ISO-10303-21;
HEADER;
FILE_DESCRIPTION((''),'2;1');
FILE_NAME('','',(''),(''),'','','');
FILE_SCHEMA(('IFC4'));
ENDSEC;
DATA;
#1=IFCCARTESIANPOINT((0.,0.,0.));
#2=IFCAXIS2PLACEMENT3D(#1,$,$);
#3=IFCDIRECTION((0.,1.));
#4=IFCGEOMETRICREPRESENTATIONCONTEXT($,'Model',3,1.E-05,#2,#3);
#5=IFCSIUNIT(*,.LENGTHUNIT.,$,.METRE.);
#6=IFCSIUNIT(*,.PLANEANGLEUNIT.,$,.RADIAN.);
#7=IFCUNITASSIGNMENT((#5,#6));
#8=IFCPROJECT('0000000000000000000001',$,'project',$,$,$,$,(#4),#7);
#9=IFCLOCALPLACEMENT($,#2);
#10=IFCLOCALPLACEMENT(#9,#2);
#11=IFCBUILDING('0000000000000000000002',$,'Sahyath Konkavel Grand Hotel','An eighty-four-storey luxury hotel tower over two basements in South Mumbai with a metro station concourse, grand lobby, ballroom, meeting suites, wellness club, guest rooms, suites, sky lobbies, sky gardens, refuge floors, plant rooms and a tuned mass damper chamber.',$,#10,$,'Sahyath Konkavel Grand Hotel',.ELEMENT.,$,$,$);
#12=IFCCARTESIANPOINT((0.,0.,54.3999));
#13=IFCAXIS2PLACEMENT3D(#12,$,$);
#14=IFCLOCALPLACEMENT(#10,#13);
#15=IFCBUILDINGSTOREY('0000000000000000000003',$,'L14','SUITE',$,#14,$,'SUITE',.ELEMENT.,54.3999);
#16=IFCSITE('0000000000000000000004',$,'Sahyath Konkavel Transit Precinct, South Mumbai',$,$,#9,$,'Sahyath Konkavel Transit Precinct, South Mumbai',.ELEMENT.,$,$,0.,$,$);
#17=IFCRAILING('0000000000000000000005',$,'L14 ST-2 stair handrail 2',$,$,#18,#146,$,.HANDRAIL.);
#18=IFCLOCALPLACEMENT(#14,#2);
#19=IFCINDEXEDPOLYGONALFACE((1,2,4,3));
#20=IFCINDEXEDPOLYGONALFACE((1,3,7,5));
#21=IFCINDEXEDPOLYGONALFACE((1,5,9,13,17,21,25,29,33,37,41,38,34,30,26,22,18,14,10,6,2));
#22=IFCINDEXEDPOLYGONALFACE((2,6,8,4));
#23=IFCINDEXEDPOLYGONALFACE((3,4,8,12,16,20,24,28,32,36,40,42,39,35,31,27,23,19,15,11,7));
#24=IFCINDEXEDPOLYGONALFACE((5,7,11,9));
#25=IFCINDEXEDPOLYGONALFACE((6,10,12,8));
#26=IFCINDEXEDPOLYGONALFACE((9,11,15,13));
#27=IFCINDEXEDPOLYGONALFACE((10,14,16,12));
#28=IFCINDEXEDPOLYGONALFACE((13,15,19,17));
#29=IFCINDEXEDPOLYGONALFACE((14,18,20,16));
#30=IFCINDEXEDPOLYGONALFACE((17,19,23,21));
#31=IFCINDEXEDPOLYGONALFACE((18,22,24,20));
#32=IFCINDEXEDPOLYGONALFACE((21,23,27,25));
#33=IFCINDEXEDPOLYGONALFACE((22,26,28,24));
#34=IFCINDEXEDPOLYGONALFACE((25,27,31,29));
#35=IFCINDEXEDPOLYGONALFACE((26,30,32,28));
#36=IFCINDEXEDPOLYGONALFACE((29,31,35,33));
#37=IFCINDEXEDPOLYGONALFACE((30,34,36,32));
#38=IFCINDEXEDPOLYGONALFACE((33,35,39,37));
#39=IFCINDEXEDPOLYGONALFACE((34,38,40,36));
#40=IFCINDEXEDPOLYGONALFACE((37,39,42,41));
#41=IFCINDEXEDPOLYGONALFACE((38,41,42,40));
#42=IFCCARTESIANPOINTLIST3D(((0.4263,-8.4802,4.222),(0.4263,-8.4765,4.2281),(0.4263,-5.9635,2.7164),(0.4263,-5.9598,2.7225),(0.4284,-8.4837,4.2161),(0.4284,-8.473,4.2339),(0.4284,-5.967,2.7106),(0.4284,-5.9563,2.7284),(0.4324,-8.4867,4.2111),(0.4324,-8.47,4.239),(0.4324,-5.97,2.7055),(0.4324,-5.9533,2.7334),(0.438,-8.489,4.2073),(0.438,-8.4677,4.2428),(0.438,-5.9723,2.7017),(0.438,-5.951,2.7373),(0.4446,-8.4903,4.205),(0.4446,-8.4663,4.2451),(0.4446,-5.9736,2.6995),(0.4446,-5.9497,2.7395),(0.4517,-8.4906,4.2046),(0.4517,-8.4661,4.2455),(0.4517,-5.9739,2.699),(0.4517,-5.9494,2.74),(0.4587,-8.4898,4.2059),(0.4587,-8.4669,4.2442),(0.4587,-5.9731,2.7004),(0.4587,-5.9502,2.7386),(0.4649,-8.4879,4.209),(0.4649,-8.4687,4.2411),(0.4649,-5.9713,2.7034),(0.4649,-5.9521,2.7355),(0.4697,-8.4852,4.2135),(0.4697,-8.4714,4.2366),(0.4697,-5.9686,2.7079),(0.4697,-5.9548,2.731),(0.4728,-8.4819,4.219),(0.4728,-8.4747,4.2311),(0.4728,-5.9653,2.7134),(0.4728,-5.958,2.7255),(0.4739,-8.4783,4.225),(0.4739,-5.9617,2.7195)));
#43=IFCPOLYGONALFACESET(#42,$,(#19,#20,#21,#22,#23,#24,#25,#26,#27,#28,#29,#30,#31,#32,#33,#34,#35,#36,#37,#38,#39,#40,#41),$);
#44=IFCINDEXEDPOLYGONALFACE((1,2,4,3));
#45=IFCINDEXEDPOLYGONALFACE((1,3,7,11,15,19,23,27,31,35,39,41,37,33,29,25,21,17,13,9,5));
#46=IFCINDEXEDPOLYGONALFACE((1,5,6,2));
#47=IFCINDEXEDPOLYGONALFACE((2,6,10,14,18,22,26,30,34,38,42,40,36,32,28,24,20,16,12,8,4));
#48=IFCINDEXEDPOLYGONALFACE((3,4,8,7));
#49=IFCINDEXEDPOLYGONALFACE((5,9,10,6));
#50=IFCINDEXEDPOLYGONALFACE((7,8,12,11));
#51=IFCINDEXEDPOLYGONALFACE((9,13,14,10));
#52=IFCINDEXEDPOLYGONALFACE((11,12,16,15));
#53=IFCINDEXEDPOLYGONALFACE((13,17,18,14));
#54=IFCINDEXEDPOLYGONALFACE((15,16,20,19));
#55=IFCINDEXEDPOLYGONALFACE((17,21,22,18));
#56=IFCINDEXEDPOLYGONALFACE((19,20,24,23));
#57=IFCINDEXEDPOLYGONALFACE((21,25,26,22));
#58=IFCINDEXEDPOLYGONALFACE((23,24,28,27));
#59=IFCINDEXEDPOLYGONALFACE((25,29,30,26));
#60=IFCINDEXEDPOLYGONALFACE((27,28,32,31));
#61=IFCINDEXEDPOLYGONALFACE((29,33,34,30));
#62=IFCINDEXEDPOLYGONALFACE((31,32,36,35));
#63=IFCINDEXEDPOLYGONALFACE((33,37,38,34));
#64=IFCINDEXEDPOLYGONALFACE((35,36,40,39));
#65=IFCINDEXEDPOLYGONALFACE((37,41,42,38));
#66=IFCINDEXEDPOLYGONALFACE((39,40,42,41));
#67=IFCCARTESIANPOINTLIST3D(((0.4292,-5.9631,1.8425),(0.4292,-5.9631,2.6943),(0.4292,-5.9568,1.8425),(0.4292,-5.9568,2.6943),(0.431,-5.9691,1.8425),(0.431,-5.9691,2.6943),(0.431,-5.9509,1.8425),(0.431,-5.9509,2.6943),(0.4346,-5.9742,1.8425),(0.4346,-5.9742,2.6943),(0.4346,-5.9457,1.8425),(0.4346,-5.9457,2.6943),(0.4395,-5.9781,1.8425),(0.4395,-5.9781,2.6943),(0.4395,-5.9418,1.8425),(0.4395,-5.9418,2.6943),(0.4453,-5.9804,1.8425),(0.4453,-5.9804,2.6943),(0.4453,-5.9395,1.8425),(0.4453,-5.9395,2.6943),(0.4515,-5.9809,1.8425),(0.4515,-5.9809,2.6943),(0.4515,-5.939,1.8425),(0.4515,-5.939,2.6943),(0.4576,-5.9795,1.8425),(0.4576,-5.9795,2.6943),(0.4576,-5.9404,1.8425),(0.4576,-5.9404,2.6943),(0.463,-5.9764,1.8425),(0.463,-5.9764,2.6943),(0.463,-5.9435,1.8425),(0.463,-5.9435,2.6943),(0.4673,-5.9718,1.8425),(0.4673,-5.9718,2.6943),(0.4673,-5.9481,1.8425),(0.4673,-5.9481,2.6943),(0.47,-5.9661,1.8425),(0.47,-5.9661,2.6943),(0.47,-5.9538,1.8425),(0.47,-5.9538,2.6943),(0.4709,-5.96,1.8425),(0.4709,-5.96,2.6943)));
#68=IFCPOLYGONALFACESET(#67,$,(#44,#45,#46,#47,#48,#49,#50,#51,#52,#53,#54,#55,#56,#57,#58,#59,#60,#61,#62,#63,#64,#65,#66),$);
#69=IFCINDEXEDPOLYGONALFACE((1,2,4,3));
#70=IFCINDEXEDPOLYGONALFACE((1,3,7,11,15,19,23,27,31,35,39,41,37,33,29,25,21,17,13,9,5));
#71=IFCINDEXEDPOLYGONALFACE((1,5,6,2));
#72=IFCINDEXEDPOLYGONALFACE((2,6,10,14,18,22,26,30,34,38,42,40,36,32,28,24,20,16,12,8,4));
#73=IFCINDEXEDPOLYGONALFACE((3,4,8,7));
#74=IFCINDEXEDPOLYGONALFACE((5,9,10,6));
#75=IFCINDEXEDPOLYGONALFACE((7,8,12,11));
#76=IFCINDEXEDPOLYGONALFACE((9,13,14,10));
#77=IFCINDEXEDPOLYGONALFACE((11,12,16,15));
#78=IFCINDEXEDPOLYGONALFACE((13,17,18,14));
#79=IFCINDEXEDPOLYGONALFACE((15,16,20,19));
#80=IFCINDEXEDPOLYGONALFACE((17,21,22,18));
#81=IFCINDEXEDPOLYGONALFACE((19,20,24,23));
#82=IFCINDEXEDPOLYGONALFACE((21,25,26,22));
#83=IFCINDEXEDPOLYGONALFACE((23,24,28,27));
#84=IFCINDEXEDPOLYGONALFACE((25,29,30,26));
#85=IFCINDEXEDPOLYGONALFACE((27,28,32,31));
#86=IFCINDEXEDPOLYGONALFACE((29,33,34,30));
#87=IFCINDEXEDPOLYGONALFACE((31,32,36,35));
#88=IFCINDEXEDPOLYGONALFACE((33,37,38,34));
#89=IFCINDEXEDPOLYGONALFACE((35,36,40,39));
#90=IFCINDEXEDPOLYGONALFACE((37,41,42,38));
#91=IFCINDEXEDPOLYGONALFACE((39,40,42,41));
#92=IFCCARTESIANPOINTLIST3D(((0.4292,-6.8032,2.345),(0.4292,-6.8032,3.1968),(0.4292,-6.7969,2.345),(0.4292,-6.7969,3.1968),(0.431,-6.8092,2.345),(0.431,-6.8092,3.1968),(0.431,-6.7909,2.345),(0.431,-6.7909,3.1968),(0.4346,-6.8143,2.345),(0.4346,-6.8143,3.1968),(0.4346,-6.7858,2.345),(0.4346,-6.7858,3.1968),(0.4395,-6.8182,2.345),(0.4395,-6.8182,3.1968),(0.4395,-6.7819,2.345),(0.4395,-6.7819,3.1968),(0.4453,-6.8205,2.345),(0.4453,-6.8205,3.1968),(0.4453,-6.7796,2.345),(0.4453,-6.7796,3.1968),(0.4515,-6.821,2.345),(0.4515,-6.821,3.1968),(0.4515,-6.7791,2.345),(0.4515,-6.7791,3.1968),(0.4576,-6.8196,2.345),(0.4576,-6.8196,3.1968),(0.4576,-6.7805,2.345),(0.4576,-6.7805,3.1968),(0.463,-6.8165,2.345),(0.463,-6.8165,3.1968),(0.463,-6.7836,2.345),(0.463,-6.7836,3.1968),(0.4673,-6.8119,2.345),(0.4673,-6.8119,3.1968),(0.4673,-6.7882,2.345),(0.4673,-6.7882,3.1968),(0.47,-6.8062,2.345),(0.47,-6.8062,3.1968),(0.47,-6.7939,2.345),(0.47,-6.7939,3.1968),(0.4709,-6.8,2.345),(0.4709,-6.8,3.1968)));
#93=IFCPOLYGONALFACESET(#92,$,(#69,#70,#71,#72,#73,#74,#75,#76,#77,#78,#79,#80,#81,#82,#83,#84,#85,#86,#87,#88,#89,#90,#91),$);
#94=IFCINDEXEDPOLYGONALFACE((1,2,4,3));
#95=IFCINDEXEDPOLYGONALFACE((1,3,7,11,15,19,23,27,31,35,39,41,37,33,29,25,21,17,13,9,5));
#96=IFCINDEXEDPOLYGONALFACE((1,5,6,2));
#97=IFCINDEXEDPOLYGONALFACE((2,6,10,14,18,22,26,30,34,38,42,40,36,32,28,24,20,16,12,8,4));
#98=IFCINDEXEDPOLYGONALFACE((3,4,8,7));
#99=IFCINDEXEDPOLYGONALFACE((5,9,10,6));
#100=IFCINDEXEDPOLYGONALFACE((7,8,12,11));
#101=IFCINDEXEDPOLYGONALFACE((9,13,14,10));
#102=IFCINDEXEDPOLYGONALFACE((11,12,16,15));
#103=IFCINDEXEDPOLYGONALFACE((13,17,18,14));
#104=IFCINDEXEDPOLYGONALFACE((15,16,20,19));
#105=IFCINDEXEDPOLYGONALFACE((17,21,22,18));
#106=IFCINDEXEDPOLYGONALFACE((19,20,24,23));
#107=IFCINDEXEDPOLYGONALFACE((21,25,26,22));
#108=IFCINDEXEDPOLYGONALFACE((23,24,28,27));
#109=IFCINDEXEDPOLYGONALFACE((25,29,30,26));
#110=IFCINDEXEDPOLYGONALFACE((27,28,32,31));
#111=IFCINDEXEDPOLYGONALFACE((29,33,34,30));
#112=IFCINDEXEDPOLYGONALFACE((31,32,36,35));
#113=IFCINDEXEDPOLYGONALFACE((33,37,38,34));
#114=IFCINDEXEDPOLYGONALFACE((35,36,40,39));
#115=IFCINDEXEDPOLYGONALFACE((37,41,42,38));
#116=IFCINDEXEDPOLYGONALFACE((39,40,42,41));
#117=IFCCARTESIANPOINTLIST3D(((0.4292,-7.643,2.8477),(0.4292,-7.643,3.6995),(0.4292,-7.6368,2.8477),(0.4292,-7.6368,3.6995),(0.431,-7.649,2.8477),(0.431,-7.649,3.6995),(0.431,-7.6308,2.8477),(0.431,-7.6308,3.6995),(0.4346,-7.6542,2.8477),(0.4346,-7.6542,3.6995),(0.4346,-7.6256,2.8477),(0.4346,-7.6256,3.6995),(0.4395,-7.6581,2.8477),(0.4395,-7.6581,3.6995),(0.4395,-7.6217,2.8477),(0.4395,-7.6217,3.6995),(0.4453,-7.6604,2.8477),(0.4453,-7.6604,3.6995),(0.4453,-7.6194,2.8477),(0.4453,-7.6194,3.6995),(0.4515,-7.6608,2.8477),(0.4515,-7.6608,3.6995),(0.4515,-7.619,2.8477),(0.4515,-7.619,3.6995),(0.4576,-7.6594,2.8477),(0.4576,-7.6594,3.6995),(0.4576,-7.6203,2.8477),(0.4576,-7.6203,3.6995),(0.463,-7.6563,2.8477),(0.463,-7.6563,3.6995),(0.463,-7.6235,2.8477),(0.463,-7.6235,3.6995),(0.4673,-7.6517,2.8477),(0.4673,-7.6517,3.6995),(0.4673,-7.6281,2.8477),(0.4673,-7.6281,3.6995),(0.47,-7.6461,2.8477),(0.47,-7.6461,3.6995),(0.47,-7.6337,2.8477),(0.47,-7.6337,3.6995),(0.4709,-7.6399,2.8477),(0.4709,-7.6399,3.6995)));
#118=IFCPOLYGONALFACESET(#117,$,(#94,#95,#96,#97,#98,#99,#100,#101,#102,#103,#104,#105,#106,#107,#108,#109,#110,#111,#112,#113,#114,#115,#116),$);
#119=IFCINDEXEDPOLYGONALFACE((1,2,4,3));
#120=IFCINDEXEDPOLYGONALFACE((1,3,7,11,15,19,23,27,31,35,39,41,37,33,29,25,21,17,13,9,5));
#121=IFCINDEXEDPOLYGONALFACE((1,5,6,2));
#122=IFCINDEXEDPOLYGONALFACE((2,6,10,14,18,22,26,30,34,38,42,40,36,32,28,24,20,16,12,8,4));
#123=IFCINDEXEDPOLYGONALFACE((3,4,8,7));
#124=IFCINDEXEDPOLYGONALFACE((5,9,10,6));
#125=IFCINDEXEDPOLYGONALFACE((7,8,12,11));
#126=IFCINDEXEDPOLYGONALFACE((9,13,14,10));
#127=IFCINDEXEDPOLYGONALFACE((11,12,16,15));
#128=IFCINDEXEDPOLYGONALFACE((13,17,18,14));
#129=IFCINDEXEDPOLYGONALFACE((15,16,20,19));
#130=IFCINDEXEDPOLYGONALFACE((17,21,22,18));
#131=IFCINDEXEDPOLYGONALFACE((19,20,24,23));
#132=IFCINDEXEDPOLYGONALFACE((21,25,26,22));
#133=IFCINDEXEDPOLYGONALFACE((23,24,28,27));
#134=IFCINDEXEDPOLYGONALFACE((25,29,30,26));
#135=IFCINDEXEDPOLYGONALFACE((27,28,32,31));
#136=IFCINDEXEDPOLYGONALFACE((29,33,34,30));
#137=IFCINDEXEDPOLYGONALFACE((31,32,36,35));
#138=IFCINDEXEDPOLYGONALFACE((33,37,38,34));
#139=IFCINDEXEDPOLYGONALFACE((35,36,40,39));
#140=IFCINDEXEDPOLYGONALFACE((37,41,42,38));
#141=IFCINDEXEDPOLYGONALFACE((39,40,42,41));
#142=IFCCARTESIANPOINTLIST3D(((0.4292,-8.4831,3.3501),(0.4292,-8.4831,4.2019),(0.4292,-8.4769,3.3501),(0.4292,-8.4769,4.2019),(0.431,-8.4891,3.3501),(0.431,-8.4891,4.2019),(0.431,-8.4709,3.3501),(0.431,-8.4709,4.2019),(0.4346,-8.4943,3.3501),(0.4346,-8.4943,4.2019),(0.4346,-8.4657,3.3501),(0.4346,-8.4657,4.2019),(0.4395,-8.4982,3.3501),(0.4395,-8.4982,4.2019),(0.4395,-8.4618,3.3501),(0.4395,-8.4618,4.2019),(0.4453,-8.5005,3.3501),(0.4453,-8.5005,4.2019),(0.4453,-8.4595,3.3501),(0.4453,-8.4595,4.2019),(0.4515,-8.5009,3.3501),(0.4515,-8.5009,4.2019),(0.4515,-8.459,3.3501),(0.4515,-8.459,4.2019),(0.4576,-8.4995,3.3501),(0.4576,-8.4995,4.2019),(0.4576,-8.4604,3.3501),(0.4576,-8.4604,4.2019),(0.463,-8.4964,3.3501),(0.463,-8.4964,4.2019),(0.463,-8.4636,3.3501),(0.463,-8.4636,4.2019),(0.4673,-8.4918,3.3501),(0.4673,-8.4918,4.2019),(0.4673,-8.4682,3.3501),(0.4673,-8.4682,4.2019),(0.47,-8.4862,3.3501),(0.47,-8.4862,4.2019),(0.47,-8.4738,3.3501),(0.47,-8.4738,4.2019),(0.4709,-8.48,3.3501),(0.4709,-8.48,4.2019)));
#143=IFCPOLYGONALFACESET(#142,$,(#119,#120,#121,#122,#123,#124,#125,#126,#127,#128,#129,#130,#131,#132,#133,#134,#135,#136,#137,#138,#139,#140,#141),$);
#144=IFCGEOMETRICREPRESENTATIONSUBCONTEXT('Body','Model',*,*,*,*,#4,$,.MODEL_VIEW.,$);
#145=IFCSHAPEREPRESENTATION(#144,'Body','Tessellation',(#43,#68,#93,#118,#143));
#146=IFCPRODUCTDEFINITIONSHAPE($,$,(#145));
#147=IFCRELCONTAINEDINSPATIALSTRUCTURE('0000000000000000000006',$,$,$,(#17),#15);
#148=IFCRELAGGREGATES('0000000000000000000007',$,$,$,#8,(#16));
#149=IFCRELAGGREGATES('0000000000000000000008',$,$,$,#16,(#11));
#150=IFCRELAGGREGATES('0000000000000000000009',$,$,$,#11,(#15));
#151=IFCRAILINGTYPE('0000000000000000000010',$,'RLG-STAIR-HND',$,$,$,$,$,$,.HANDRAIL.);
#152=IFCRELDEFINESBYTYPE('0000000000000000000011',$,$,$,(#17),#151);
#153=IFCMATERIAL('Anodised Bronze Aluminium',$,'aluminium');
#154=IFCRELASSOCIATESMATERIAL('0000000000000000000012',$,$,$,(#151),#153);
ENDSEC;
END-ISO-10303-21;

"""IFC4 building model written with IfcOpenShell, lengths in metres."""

from ifc_helpers import new_model, si_unit, direction, frame, origin, origin_2d, place, context, subcontext, project, spatial, circle, extrude, material, type_object, element, save


model = new_model("IFC4")

# Units and contexts
model_context = context("Model", 3, precision=1e-05, world=origin(), true_north=direction((0.0, 1.0)))
body_context = subcontext(model_context, "Body", "Model", "MODEL_VIEW")
ifc_project = project(units=[si_unit("LENGTHUNIT", "METRE"), si_unit("PLANEANGLEUNIT", "RADIAN")], contexts=[model_context])

# Site, building, storey
site_placement = place(None, origin())
site = spatial("IfcSite", under=ifc_project, at=site_placement, Name="Sahyath Konkavel Transit Precinct, South Mumbai", LongName="Sahyath Konkavel Transit Precinct, South Mumbai", CompositionType="ELEMENT", RefElevation=0.0)
building_placement = place(site_placement, origin())
building = spatial("IfcBuilding", under=site, at=building_placement, Name="Sahyath Konkavel Grand Hotel", Description="An eighty-four-storey luxury hotel tower over two basements in South Mumbai with a metro station concourse, grand lobby, ballroom, meeting suites, wellness club, guest rooms, suites, sky lobbies, sky gardens, refuge floors, plant rooms and a tuned mass damper chamber.", LongName="Sahyath Konkavel Grand Hotel", CompositionType="ELEMENT")
storey_placement = place(building_placement, frame((0.0, 0.0, 54.3999)))
storey = spatial("IfcBuildingStorey", under=building, at=storey_placement, Name="L14", Description="SUITE", LongName="SUITE", CompositionType="ELEMENT", Elevation=54.3999)

# Railing
ifc_material_1 = material(Name="Anodised Bronze Aluminium", Category="aluminium")
railing_type_1 = type_object("IfcRailingType", Name="RLG-STAIR-HND", PredefinedType="HANDRAIL", material=ifc_material_1)
railing_1_placement = place(storey_placement, frame((0.45, -5.96, 1.8425)))
element("IfcRailing", 1, at=railing_1_placement, inside=storey, type_object=railing_type_1, Name="L14 ST-2 stair handrail 2", PredefinedType="HANDRAIL", context=body_context, shape_type="SweptSolid", body=[
    extrude(circle(Radius=0.0239, at=origin_2d()), frame((0.0, -0.0017, 0.877), z_axis=(0.0, -0.85816, 0.513383), x_axis=(1.0, 0.0, 0.0)), (0.0, 0.0, 1.0), 2.9326),
    extrude(circle(Radius=0.021, at=origin_2d()), origin(), (0.0, 0.0, 1.0), 0.8518),
    extrude(circle(Radius=0.021, at=origin_2d()), frame((0.0, -0.8401, 0.5024)), (0.0, 0.0, 1.0), 0.8518),
    extrude(circle(Radius=0.021, at=origin_2d()), frame((0.0, -1.6799, 1.0051)), (0.0, 0.0, 1.0), 0.8518),
    extrude(circle(Radius=0.021, at=origin_2d()), frame((0.0, -2.52, 1.5076)), (0.0, 0.0, 1.0), 0.8518),
])

save(model, "model.ifc")
